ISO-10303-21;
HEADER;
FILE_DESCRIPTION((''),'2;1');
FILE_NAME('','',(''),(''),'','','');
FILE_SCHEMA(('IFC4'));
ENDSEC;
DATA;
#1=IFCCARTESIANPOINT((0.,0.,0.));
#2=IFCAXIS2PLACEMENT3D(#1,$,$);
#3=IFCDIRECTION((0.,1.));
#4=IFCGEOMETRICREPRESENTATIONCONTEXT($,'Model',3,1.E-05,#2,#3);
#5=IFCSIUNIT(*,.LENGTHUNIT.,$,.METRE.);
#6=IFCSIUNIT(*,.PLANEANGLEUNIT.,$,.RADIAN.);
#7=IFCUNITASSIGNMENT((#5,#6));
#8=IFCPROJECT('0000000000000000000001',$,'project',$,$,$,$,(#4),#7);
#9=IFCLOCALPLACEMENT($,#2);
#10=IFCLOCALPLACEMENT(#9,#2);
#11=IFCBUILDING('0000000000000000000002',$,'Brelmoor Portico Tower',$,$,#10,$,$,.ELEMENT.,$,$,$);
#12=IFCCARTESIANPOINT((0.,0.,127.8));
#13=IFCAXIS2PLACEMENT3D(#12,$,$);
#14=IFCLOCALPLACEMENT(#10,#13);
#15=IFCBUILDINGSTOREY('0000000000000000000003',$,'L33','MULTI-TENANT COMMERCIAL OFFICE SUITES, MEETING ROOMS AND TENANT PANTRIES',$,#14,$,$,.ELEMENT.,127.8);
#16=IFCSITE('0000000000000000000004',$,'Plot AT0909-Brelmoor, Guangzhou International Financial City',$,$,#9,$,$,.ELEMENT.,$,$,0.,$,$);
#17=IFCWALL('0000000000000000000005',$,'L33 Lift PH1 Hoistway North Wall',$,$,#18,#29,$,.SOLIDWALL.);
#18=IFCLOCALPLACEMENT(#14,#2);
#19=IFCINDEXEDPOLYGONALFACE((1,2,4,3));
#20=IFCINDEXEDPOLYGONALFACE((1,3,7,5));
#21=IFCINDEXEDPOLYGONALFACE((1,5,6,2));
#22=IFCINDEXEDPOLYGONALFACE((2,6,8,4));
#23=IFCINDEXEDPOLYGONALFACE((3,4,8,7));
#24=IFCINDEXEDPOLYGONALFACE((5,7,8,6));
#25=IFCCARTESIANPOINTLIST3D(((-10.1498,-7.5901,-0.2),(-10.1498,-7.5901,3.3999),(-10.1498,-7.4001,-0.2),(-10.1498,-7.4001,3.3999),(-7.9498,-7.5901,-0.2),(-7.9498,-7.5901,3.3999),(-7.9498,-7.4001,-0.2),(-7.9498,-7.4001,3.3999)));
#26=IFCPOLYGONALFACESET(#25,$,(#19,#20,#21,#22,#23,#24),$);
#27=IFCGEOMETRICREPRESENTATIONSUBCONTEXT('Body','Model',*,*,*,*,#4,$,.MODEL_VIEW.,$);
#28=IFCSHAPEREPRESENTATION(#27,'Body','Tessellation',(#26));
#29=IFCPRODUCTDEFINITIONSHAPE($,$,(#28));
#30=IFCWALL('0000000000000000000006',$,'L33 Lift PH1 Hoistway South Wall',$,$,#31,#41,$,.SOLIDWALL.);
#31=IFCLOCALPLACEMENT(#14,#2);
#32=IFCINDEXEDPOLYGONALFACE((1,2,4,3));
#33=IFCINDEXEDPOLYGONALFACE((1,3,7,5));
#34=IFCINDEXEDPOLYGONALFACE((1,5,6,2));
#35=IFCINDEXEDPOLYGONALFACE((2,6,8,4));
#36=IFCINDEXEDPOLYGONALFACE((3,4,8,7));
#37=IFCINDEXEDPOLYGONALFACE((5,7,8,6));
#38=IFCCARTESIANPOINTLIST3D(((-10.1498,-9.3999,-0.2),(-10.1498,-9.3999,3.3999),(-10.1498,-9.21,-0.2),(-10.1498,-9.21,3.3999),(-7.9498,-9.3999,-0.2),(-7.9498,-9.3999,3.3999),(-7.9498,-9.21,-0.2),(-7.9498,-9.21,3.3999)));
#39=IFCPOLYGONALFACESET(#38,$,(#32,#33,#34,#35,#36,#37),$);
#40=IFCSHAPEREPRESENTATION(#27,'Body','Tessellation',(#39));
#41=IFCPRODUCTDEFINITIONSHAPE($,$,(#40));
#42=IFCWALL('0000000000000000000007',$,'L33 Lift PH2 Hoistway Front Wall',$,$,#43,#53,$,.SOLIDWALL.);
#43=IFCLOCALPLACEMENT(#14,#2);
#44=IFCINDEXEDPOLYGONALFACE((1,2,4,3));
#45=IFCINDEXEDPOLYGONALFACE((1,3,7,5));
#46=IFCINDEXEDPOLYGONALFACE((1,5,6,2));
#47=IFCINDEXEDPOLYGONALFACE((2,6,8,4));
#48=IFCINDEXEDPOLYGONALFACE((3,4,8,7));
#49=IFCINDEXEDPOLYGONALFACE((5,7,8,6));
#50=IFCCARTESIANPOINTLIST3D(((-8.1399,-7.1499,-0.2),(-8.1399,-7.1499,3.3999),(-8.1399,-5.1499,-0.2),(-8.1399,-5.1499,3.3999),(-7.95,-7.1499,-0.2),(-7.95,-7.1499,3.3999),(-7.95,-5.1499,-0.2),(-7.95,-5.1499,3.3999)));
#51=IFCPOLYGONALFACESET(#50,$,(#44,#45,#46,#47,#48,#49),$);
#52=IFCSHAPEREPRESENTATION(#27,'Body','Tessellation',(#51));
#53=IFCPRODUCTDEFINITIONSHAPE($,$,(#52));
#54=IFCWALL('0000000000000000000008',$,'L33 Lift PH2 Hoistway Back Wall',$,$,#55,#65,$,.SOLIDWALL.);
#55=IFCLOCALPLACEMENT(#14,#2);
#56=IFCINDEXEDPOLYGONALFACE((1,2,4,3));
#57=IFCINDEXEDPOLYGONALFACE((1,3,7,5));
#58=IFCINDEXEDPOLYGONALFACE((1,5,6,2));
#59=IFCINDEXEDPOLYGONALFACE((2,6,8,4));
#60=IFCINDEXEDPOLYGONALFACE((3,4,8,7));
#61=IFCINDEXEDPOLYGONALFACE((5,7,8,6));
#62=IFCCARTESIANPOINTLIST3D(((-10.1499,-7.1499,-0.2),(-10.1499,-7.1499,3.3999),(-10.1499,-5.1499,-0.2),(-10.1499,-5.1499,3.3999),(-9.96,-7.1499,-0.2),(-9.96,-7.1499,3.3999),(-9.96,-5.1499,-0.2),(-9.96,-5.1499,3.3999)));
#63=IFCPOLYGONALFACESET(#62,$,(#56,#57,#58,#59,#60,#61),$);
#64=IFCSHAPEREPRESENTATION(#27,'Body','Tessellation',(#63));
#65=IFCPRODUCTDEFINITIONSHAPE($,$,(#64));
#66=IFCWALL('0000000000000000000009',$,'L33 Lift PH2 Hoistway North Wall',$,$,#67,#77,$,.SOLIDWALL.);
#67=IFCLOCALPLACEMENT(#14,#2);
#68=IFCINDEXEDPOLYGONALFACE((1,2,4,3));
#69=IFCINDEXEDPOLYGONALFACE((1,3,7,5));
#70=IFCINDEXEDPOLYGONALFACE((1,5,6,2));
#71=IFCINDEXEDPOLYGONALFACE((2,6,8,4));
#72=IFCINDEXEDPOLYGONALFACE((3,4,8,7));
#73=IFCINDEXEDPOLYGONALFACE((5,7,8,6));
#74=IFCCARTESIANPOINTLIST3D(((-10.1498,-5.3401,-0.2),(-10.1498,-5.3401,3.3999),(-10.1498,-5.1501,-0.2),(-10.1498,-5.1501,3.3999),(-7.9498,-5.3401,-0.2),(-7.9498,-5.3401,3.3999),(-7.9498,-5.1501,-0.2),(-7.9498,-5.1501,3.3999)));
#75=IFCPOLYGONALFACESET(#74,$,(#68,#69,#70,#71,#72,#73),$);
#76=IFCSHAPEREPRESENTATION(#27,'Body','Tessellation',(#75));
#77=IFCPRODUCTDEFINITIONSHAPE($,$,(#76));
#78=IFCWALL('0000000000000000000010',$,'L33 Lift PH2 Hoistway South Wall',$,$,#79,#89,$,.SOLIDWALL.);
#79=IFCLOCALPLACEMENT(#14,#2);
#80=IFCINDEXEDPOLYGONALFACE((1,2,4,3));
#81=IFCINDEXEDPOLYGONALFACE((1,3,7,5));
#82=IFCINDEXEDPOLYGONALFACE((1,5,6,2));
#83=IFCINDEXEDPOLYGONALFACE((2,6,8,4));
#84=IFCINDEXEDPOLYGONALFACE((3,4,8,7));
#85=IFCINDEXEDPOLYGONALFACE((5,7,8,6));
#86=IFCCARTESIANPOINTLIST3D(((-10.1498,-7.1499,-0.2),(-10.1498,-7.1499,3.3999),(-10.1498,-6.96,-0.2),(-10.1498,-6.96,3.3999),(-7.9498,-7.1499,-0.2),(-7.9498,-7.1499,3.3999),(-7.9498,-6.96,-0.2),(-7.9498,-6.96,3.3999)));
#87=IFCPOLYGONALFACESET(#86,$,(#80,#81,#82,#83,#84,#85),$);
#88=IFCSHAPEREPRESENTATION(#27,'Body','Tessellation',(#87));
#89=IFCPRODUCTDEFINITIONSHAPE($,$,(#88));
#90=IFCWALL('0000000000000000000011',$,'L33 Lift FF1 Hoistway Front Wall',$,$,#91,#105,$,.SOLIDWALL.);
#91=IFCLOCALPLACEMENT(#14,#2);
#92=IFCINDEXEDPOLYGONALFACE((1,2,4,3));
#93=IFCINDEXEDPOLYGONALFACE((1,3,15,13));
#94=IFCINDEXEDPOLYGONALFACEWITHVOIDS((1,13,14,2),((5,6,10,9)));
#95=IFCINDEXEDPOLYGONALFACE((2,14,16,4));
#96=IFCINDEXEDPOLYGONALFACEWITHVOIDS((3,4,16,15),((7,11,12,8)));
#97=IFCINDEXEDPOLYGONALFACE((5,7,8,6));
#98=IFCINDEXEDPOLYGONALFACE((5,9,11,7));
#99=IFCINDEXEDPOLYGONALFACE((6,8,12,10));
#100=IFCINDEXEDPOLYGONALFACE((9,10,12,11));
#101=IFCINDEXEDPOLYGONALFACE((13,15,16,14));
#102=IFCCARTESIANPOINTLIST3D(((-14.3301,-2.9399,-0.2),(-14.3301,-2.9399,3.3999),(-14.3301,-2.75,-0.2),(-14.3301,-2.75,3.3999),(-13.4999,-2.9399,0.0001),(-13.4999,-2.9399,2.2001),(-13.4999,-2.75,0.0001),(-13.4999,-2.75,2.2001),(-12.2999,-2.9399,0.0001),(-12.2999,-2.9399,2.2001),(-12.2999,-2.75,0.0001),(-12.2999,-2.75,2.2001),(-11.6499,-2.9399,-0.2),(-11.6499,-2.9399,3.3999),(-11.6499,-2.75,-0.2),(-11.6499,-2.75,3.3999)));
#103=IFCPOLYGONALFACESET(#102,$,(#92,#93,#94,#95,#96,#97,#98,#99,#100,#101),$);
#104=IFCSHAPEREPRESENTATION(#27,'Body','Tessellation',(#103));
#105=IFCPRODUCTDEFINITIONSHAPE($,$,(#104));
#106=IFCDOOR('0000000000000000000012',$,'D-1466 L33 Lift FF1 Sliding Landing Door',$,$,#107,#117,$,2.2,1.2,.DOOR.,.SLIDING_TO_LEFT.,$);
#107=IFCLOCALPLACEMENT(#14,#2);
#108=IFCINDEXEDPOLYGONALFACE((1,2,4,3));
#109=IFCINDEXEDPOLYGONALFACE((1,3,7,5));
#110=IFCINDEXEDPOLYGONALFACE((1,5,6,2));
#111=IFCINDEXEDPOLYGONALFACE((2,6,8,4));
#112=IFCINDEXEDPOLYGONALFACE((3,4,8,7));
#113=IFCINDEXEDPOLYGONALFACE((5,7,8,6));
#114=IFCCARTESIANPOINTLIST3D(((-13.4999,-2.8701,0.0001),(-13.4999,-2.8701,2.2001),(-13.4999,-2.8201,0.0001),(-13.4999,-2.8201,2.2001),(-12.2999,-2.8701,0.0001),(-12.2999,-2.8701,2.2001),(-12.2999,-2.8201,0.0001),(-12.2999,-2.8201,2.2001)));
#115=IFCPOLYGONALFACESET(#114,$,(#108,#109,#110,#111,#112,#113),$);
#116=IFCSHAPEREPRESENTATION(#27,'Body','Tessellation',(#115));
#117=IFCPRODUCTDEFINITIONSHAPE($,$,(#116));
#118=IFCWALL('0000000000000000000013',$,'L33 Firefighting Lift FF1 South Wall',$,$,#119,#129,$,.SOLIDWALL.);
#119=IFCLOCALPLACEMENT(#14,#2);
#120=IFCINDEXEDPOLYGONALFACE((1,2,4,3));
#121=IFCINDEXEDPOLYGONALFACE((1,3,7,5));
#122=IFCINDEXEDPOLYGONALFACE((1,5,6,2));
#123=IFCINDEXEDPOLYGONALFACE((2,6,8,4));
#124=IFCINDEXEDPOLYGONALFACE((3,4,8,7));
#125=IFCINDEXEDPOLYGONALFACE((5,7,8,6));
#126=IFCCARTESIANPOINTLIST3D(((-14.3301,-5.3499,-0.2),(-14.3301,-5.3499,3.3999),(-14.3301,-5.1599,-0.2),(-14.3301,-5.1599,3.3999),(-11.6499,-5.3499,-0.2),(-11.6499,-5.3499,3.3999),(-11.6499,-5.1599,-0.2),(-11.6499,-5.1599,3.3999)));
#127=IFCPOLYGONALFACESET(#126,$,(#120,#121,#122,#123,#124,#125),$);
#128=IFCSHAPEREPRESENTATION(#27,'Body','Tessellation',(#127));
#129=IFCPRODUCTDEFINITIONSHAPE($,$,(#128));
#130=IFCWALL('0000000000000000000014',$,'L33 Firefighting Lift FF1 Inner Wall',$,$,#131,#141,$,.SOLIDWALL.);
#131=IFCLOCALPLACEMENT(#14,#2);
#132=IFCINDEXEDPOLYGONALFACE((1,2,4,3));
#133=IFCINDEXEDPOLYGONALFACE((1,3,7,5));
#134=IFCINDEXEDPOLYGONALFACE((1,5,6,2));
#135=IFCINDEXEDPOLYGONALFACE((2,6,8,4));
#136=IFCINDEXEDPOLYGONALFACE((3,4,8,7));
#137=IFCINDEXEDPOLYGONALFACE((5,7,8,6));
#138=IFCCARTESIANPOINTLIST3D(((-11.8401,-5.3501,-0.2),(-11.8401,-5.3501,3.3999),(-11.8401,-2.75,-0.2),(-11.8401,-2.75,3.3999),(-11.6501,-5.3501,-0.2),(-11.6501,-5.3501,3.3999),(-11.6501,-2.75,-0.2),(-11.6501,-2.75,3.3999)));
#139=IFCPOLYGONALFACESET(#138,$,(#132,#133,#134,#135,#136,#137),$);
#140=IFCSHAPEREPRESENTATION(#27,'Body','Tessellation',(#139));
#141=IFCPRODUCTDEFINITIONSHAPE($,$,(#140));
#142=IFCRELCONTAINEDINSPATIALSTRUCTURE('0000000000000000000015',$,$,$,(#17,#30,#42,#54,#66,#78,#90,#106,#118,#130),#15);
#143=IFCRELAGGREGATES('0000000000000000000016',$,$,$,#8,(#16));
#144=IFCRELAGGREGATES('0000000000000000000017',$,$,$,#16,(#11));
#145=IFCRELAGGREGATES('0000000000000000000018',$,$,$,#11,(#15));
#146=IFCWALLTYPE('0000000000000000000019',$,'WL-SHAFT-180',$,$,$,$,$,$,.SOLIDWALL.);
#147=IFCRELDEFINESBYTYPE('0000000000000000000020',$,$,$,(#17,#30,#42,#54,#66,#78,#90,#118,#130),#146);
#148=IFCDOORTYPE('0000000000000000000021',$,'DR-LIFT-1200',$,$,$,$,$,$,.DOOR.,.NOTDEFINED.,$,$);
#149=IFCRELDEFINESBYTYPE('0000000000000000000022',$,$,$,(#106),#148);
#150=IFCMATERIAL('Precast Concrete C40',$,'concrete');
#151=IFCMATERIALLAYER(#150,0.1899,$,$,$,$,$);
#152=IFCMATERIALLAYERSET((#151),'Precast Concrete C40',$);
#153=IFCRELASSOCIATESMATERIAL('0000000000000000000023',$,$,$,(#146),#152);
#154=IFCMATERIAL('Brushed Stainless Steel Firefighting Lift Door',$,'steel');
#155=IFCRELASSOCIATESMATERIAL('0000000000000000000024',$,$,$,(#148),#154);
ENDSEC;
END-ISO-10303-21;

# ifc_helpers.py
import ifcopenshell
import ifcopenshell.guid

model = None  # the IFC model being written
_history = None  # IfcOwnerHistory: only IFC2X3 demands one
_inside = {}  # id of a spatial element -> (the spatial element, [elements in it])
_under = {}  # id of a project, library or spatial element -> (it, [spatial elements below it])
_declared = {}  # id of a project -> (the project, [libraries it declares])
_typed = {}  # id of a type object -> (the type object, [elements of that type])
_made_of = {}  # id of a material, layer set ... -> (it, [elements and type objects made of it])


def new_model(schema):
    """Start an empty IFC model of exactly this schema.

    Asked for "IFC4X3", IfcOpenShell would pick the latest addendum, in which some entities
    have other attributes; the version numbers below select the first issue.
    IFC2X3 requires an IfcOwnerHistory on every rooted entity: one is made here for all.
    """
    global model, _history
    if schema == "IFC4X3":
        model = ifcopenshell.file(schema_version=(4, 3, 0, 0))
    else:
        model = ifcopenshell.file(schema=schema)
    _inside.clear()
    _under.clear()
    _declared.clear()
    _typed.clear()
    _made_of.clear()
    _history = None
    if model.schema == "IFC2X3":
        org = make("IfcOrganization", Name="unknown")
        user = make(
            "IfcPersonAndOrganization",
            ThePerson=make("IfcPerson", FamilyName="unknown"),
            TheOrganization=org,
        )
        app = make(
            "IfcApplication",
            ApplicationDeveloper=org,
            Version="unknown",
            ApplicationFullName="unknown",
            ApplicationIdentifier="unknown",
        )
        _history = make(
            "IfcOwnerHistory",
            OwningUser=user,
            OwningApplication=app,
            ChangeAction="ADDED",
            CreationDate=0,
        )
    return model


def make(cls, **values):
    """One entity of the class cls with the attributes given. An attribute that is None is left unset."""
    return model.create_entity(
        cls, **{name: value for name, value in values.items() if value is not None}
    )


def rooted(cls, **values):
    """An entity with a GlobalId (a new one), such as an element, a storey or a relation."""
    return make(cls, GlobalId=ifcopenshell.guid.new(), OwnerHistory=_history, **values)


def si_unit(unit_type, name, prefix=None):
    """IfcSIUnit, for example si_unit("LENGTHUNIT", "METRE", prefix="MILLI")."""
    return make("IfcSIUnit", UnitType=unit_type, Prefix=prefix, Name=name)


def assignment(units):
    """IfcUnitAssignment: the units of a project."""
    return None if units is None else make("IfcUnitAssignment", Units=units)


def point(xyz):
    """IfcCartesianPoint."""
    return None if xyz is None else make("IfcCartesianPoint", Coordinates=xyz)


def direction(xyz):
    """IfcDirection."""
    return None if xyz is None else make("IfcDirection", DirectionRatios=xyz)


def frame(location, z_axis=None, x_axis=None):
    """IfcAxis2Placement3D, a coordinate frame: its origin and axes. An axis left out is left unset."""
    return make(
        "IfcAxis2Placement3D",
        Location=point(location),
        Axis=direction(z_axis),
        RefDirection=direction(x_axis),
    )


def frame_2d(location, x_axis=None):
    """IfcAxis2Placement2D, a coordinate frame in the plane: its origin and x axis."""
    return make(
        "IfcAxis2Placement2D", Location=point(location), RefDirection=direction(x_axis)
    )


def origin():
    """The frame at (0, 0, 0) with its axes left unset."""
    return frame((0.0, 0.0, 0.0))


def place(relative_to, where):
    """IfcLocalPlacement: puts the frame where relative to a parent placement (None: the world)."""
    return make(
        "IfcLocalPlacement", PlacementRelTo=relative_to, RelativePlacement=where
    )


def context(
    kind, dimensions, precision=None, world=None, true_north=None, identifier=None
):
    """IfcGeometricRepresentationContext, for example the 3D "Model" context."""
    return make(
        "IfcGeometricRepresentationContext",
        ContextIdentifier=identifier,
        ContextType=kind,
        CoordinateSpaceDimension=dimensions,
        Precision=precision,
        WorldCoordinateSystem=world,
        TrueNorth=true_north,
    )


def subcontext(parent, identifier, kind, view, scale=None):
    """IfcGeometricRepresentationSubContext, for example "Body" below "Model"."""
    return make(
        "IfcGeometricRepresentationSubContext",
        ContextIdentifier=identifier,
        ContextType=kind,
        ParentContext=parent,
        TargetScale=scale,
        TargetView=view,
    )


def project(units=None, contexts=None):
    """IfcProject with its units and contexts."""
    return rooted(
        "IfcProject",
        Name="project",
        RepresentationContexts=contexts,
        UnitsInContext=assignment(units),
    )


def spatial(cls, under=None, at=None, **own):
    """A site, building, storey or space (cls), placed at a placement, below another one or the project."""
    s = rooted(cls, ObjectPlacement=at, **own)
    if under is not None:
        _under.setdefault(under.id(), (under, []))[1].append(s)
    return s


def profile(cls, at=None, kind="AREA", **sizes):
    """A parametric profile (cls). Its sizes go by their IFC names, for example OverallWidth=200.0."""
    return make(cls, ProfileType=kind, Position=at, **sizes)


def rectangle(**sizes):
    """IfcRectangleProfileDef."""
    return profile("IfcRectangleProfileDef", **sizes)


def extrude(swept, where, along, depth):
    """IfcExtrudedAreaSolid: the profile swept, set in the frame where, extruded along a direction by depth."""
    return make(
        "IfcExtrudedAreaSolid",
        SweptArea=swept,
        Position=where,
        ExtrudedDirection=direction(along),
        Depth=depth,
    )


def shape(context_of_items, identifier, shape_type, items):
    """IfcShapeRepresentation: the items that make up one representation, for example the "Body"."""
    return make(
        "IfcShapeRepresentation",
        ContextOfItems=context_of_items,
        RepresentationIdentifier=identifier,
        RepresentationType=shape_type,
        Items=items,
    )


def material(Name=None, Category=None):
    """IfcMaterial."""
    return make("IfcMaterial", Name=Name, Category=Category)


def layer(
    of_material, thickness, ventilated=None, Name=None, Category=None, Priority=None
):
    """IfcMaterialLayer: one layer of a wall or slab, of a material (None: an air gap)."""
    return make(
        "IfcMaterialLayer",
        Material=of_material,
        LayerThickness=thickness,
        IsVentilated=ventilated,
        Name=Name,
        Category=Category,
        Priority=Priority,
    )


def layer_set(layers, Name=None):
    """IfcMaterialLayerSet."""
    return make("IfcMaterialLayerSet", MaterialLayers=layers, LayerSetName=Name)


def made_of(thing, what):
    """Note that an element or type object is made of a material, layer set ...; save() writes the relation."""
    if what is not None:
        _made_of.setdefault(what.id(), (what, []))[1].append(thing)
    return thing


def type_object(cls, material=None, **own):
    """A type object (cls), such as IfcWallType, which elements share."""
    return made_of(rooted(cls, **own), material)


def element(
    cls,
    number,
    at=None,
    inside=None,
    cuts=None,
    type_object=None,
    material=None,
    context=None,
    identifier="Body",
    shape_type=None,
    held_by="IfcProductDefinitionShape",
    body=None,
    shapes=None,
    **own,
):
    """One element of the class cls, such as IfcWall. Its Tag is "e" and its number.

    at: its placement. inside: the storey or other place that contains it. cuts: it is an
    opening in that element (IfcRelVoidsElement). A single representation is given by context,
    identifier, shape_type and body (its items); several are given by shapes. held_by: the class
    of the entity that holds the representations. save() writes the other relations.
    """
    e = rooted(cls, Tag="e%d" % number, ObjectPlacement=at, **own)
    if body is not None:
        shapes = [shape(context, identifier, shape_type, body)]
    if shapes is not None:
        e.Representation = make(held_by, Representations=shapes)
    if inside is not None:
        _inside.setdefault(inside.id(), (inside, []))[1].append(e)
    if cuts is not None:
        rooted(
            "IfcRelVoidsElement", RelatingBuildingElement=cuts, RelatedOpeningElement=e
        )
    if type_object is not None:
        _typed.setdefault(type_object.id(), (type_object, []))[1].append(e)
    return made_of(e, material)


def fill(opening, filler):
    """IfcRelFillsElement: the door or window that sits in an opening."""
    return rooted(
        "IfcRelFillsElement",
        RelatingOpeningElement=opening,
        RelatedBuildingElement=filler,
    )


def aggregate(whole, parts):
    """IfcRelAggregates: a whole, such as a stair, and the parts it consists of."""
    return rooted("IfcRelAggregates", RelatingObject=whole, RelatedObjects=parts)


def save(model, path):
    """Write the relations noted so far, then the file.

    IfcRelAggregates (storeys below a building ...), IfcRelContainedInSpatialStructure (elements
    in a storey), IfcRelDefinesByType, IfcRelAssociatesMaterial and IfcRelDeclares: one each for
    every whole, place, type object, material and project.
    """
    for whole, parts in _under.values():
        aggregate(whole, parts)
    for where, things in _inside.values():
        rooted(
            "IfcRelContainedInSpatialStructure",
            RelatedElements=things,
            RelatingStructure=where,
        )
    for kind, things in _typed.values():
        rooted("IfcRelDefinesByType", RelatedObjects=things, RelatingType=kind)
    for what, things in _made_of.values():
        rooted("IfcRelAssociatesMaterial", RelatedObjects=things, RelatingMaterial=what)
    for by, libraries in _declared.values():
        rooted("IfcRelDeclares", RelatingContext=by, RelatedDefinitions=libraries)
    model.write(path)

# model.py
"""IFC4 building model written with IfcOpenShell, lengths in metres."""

from ifc_helpers import new_model, si_unit, direction, frame, frame_2d, origin, place, context, subcontext, project, spatial, rectangle, extrude, material, layer, layer_set, type_object, element, fill, save


model = new_model("IFC4")

# Units and contexts
model_context = context("Model", 3, precision=1e-05, world=origin(), true_north=direction((0.0, 1.0)))
body_context = subcontext(model_context, "Body", "Model", "MODEL_VIEW")
ifc_project = project(units=[si_unit("LENGTHUNIT", "METRE"), si_unit("PLANEANGLEUNIT", "RADIAN")], contexts=[model_context])

# Site, building, storey
site_placement = place(None, origin())
site = spatial("IfcSite", under=ifc_project, at=site_placement, Name="Plot AT0909-Brelmoor, Guangzhou International Financial City", CompositionType="ELEMENT", RefElevation=0.0)
building_placement = place(site_placement, origin())
building = spatial("IfcBuilding", under=site, at=building_placement, Name="Brelmoor Portico Tower", CompositionType="ELEMENT")
storey_placement = place(building_placement, frame((0.0, 0.0, 127.8)))
storey = spatial("IfcBuildingStorey", under=building, at=storey_placement, Name="L33", Description="MULTI-TENANT COMMERCIAL OFFICE SUITES, MEETING ROOMS AND TENANT PANTRIES", CompositionType="ELEMENT", Elevation=127.8)

# Walls
ifc_material_1 = material(Name="Precast Concrete C40", Category="concrete")
ifc_layer_1 = layer(ifc_material_1, 0.1899)
ifc_layer_set_1 = layer_set([ifc_layer_1], Name="Precast Concrete C40")
wall_type_1 = type_object("IfcWallType", Name="WL-SHAFT-180", PredefinedType="SOLIDWALL", material=ifc_layer_set_1)
for number, where, z_axis, x_axis, name in (
    (1, (-10.1499, -7.4951, -0.2), (0.0, 0.0, 1.0), (1.0, 0.0, 0.0), "L33 Lift PH1 Hoistway North Wall"),
    (2, (-10.1499, -9.3049, -0.2), (0.0, 0.0, 1.0), (1.0, 0.0, 0.0), "L33 Lift PH1 Hoistway South Wall"),
):
    element("IfcWall", number, at=place(storey_placement, frame(where, z_axis=z_axis, x_axis=x_axis)), inside=storey, type_object=wall_type_1, Name=name, PredefinedType="SOLIDWALL", context=body_context, shape_type="SweptSolid", body=[
        extrude(rectangle(XDim=2.2, YDim=0.1899, at=frame_2d((1.1001, 0.0))), origin(), (0.0, 0.0, 1.0), 3.5999),
    ])
for number, where, z_axis, x_axis, name in (
    (3, (-8.0449, -7.1499, -0.2), (0.0, 0.0, 1.0), (0.0, 1.0, 0.0), "L33 Lift PH2 Hoistway Front Wall"),
    (4, (-10.0549, -7.1499, -0.2), (0.0, 0.0, 1.0), (0.0, 1.0, 0.0), "L33 Lift PH2 Hoistway Back Wall"),
):
    element("IfcWall", number, at=place(storey_placement, frame(where, z_axis=z_axis, x_axis=x_axis)), inside=storey, type_object=wall_type_1, Name=name, PredefinedType="SOLIDWALL", context=body_context, shape_type="SweptSolid", body=[
        extrude(rectangle(XDim=2.0, YDim=0.1899, at=frame_2d((1.0, 0.0))), origin(), (0.0, 0.0, 1.0), 3.5999),
    ])
for number, where, z_axis, x_axis, name in (
    (5, (-10.1499, -5.2451, -0.2), (0.0, 0.0, 1.0), (1.0, 0.0, 0.0), "L33 Lift PH2 Hoistway North Wall"),
    (6, (-10.1499, -7.0549, -0.2), (0.0, 0.0, 1.0), (1.0, 0.0, 0.0), "L33 Lift PH2 Hoistway South Wall"),
):
    element("IfcWall", number, at=place(storey_placement, frame(where, z_axis=z_axis, x_axis=x_axis)), inside=storey, type_object=wall_type_1, Name=name, PredefinedType="SOLIDWALL", context=body_context, shape_type="SweptSolid", body=[
        extrude(rectangle(XDim=2.2, YDim=0.1899, at=frame_2d((1.1001, 0.0))), origin(), (0.0, 0.0, 1.0), 3.5999),
    ])

# Wall, opening, door
wall_1_placement = place(storey_placement, frame((-14.3301, -2.845, -0.2), z_axis=(0.0, 0.0, 1.0), x_axis=(1.0, 0.0, 0.0)))
wall_1 = element("IfcWall", 7, at=wall_1_placement, inside=storey, type_object=wall_type_1, Name="L33 Lift FF1 Hoistway Front Wall", PredefinedType="SOLIDWALL", context=body_context, shape_type="SweptSolid", body=[
    extrude(rectangle(XDim=2.6802, YDim=0.1899, at=frame_2d((1.3401, 0.0))), origin(), (0.0, 0.0, 1.0), 3.5999),
])
opening_1_placement = place(wall_1_placement, frame((0.8301, 0.0, 0.2)))
opening_1 = element("IfcOpeningElement", 8, at=opening_1_placement, cuts=wall_1, PredefinedType="OPENING", context=body_context, shape_type="SweptSolid", body=[
    extrude(rectangle(XDim=1.2, YDim=2.2, at=frame_2d((0.6001, 1.1001))), frame((0.0, 0.105, 0.0), z_axis=(0.0, -1.0, 0.0), x_axis=(1.0, 0.0, 0.0)), (0.0, 0.0, 1.0), 0.21),
])
ifc_material_2 = material(Name="Brushed Stainless Steel Firefighting Lift Door", Category="steel")
door_type_1 = type_object("IfcDoorType", Name="DR-LIFT-1200", OperationType="NOTDEFINED", PredefinedType="DOOR", material=ifc_material_2)
door_1_placement = place(opening_1_placement, origin())
door_1 = element("IfcDoor", 9, at=door_1_placement, inside=storey, type_object=door_type_1, Name="D-1466 L33 Lift FF1 Sliding Landing Door", OperationType="SLIDING_TO_LEFT", OverallHeight=2.2, OverallWidth=1.2, PredefinedType="DOOR", context=body_context, shape_type="SweptSolid", body=[
    extrude(rectangle(XDim=1.2, YDim=2.2, at=frame_2d((0.6001, 1.1001))), frame((0.0, 0.0249, 0.0), z_axis=(0.0, -1.0, 0.0), x_axis=(1.0, 0.0, 0.0)), (0.0, 0.0, 1.0), 0.05),
])
fill(opening_1, door_1)

# Walls
wall_2_placement = place(storey_placement, frame((-14.3301, -5.2549, -0.2), z_axis=(0.0, 0.0, 1.0), x_axis=(1.0, 0.0, 0.0)))
element("IfcWall", 10, at=wall_2_placement, inside=storey, type_object=wall_type_1, Name="L33 Firefighting Lift FF1 South Wall", PredefinedType="SOLIDWALL", context=body_context, shape_type="SweptSolid", body=[
    extrude(rectangle(XDim=2.6802, YDim=0.1899, at=frame_2d((1.3401, 0.0))), origin(), (0.0, 0.0, 1.0), 3.5999),
])
wall_3_placement = place(storey_placement, frame((-11.7451, -5.3501, -0.2), z_axis=(0.0, 0.0, 1.0), x_axis=(0.0, 1.0, 0.0)))
element("IfcWall", 11, at=wall_3_placement, inside=storey, type_object=wall_type_1, Name="L33 Firefighting Lift FF1 Inner Wall", PredefinedType="SOLIDWALL", context=body_context, shape_type="SweptSolid", body=[
    extrude(rectangle(XDim=2.6001, YDim=0.1899, at=frame_2d((1.3, 0.0))), origin(), (0.0, 0.0, 1.0), 3.5999),
])

save(model, "model.ifc")
